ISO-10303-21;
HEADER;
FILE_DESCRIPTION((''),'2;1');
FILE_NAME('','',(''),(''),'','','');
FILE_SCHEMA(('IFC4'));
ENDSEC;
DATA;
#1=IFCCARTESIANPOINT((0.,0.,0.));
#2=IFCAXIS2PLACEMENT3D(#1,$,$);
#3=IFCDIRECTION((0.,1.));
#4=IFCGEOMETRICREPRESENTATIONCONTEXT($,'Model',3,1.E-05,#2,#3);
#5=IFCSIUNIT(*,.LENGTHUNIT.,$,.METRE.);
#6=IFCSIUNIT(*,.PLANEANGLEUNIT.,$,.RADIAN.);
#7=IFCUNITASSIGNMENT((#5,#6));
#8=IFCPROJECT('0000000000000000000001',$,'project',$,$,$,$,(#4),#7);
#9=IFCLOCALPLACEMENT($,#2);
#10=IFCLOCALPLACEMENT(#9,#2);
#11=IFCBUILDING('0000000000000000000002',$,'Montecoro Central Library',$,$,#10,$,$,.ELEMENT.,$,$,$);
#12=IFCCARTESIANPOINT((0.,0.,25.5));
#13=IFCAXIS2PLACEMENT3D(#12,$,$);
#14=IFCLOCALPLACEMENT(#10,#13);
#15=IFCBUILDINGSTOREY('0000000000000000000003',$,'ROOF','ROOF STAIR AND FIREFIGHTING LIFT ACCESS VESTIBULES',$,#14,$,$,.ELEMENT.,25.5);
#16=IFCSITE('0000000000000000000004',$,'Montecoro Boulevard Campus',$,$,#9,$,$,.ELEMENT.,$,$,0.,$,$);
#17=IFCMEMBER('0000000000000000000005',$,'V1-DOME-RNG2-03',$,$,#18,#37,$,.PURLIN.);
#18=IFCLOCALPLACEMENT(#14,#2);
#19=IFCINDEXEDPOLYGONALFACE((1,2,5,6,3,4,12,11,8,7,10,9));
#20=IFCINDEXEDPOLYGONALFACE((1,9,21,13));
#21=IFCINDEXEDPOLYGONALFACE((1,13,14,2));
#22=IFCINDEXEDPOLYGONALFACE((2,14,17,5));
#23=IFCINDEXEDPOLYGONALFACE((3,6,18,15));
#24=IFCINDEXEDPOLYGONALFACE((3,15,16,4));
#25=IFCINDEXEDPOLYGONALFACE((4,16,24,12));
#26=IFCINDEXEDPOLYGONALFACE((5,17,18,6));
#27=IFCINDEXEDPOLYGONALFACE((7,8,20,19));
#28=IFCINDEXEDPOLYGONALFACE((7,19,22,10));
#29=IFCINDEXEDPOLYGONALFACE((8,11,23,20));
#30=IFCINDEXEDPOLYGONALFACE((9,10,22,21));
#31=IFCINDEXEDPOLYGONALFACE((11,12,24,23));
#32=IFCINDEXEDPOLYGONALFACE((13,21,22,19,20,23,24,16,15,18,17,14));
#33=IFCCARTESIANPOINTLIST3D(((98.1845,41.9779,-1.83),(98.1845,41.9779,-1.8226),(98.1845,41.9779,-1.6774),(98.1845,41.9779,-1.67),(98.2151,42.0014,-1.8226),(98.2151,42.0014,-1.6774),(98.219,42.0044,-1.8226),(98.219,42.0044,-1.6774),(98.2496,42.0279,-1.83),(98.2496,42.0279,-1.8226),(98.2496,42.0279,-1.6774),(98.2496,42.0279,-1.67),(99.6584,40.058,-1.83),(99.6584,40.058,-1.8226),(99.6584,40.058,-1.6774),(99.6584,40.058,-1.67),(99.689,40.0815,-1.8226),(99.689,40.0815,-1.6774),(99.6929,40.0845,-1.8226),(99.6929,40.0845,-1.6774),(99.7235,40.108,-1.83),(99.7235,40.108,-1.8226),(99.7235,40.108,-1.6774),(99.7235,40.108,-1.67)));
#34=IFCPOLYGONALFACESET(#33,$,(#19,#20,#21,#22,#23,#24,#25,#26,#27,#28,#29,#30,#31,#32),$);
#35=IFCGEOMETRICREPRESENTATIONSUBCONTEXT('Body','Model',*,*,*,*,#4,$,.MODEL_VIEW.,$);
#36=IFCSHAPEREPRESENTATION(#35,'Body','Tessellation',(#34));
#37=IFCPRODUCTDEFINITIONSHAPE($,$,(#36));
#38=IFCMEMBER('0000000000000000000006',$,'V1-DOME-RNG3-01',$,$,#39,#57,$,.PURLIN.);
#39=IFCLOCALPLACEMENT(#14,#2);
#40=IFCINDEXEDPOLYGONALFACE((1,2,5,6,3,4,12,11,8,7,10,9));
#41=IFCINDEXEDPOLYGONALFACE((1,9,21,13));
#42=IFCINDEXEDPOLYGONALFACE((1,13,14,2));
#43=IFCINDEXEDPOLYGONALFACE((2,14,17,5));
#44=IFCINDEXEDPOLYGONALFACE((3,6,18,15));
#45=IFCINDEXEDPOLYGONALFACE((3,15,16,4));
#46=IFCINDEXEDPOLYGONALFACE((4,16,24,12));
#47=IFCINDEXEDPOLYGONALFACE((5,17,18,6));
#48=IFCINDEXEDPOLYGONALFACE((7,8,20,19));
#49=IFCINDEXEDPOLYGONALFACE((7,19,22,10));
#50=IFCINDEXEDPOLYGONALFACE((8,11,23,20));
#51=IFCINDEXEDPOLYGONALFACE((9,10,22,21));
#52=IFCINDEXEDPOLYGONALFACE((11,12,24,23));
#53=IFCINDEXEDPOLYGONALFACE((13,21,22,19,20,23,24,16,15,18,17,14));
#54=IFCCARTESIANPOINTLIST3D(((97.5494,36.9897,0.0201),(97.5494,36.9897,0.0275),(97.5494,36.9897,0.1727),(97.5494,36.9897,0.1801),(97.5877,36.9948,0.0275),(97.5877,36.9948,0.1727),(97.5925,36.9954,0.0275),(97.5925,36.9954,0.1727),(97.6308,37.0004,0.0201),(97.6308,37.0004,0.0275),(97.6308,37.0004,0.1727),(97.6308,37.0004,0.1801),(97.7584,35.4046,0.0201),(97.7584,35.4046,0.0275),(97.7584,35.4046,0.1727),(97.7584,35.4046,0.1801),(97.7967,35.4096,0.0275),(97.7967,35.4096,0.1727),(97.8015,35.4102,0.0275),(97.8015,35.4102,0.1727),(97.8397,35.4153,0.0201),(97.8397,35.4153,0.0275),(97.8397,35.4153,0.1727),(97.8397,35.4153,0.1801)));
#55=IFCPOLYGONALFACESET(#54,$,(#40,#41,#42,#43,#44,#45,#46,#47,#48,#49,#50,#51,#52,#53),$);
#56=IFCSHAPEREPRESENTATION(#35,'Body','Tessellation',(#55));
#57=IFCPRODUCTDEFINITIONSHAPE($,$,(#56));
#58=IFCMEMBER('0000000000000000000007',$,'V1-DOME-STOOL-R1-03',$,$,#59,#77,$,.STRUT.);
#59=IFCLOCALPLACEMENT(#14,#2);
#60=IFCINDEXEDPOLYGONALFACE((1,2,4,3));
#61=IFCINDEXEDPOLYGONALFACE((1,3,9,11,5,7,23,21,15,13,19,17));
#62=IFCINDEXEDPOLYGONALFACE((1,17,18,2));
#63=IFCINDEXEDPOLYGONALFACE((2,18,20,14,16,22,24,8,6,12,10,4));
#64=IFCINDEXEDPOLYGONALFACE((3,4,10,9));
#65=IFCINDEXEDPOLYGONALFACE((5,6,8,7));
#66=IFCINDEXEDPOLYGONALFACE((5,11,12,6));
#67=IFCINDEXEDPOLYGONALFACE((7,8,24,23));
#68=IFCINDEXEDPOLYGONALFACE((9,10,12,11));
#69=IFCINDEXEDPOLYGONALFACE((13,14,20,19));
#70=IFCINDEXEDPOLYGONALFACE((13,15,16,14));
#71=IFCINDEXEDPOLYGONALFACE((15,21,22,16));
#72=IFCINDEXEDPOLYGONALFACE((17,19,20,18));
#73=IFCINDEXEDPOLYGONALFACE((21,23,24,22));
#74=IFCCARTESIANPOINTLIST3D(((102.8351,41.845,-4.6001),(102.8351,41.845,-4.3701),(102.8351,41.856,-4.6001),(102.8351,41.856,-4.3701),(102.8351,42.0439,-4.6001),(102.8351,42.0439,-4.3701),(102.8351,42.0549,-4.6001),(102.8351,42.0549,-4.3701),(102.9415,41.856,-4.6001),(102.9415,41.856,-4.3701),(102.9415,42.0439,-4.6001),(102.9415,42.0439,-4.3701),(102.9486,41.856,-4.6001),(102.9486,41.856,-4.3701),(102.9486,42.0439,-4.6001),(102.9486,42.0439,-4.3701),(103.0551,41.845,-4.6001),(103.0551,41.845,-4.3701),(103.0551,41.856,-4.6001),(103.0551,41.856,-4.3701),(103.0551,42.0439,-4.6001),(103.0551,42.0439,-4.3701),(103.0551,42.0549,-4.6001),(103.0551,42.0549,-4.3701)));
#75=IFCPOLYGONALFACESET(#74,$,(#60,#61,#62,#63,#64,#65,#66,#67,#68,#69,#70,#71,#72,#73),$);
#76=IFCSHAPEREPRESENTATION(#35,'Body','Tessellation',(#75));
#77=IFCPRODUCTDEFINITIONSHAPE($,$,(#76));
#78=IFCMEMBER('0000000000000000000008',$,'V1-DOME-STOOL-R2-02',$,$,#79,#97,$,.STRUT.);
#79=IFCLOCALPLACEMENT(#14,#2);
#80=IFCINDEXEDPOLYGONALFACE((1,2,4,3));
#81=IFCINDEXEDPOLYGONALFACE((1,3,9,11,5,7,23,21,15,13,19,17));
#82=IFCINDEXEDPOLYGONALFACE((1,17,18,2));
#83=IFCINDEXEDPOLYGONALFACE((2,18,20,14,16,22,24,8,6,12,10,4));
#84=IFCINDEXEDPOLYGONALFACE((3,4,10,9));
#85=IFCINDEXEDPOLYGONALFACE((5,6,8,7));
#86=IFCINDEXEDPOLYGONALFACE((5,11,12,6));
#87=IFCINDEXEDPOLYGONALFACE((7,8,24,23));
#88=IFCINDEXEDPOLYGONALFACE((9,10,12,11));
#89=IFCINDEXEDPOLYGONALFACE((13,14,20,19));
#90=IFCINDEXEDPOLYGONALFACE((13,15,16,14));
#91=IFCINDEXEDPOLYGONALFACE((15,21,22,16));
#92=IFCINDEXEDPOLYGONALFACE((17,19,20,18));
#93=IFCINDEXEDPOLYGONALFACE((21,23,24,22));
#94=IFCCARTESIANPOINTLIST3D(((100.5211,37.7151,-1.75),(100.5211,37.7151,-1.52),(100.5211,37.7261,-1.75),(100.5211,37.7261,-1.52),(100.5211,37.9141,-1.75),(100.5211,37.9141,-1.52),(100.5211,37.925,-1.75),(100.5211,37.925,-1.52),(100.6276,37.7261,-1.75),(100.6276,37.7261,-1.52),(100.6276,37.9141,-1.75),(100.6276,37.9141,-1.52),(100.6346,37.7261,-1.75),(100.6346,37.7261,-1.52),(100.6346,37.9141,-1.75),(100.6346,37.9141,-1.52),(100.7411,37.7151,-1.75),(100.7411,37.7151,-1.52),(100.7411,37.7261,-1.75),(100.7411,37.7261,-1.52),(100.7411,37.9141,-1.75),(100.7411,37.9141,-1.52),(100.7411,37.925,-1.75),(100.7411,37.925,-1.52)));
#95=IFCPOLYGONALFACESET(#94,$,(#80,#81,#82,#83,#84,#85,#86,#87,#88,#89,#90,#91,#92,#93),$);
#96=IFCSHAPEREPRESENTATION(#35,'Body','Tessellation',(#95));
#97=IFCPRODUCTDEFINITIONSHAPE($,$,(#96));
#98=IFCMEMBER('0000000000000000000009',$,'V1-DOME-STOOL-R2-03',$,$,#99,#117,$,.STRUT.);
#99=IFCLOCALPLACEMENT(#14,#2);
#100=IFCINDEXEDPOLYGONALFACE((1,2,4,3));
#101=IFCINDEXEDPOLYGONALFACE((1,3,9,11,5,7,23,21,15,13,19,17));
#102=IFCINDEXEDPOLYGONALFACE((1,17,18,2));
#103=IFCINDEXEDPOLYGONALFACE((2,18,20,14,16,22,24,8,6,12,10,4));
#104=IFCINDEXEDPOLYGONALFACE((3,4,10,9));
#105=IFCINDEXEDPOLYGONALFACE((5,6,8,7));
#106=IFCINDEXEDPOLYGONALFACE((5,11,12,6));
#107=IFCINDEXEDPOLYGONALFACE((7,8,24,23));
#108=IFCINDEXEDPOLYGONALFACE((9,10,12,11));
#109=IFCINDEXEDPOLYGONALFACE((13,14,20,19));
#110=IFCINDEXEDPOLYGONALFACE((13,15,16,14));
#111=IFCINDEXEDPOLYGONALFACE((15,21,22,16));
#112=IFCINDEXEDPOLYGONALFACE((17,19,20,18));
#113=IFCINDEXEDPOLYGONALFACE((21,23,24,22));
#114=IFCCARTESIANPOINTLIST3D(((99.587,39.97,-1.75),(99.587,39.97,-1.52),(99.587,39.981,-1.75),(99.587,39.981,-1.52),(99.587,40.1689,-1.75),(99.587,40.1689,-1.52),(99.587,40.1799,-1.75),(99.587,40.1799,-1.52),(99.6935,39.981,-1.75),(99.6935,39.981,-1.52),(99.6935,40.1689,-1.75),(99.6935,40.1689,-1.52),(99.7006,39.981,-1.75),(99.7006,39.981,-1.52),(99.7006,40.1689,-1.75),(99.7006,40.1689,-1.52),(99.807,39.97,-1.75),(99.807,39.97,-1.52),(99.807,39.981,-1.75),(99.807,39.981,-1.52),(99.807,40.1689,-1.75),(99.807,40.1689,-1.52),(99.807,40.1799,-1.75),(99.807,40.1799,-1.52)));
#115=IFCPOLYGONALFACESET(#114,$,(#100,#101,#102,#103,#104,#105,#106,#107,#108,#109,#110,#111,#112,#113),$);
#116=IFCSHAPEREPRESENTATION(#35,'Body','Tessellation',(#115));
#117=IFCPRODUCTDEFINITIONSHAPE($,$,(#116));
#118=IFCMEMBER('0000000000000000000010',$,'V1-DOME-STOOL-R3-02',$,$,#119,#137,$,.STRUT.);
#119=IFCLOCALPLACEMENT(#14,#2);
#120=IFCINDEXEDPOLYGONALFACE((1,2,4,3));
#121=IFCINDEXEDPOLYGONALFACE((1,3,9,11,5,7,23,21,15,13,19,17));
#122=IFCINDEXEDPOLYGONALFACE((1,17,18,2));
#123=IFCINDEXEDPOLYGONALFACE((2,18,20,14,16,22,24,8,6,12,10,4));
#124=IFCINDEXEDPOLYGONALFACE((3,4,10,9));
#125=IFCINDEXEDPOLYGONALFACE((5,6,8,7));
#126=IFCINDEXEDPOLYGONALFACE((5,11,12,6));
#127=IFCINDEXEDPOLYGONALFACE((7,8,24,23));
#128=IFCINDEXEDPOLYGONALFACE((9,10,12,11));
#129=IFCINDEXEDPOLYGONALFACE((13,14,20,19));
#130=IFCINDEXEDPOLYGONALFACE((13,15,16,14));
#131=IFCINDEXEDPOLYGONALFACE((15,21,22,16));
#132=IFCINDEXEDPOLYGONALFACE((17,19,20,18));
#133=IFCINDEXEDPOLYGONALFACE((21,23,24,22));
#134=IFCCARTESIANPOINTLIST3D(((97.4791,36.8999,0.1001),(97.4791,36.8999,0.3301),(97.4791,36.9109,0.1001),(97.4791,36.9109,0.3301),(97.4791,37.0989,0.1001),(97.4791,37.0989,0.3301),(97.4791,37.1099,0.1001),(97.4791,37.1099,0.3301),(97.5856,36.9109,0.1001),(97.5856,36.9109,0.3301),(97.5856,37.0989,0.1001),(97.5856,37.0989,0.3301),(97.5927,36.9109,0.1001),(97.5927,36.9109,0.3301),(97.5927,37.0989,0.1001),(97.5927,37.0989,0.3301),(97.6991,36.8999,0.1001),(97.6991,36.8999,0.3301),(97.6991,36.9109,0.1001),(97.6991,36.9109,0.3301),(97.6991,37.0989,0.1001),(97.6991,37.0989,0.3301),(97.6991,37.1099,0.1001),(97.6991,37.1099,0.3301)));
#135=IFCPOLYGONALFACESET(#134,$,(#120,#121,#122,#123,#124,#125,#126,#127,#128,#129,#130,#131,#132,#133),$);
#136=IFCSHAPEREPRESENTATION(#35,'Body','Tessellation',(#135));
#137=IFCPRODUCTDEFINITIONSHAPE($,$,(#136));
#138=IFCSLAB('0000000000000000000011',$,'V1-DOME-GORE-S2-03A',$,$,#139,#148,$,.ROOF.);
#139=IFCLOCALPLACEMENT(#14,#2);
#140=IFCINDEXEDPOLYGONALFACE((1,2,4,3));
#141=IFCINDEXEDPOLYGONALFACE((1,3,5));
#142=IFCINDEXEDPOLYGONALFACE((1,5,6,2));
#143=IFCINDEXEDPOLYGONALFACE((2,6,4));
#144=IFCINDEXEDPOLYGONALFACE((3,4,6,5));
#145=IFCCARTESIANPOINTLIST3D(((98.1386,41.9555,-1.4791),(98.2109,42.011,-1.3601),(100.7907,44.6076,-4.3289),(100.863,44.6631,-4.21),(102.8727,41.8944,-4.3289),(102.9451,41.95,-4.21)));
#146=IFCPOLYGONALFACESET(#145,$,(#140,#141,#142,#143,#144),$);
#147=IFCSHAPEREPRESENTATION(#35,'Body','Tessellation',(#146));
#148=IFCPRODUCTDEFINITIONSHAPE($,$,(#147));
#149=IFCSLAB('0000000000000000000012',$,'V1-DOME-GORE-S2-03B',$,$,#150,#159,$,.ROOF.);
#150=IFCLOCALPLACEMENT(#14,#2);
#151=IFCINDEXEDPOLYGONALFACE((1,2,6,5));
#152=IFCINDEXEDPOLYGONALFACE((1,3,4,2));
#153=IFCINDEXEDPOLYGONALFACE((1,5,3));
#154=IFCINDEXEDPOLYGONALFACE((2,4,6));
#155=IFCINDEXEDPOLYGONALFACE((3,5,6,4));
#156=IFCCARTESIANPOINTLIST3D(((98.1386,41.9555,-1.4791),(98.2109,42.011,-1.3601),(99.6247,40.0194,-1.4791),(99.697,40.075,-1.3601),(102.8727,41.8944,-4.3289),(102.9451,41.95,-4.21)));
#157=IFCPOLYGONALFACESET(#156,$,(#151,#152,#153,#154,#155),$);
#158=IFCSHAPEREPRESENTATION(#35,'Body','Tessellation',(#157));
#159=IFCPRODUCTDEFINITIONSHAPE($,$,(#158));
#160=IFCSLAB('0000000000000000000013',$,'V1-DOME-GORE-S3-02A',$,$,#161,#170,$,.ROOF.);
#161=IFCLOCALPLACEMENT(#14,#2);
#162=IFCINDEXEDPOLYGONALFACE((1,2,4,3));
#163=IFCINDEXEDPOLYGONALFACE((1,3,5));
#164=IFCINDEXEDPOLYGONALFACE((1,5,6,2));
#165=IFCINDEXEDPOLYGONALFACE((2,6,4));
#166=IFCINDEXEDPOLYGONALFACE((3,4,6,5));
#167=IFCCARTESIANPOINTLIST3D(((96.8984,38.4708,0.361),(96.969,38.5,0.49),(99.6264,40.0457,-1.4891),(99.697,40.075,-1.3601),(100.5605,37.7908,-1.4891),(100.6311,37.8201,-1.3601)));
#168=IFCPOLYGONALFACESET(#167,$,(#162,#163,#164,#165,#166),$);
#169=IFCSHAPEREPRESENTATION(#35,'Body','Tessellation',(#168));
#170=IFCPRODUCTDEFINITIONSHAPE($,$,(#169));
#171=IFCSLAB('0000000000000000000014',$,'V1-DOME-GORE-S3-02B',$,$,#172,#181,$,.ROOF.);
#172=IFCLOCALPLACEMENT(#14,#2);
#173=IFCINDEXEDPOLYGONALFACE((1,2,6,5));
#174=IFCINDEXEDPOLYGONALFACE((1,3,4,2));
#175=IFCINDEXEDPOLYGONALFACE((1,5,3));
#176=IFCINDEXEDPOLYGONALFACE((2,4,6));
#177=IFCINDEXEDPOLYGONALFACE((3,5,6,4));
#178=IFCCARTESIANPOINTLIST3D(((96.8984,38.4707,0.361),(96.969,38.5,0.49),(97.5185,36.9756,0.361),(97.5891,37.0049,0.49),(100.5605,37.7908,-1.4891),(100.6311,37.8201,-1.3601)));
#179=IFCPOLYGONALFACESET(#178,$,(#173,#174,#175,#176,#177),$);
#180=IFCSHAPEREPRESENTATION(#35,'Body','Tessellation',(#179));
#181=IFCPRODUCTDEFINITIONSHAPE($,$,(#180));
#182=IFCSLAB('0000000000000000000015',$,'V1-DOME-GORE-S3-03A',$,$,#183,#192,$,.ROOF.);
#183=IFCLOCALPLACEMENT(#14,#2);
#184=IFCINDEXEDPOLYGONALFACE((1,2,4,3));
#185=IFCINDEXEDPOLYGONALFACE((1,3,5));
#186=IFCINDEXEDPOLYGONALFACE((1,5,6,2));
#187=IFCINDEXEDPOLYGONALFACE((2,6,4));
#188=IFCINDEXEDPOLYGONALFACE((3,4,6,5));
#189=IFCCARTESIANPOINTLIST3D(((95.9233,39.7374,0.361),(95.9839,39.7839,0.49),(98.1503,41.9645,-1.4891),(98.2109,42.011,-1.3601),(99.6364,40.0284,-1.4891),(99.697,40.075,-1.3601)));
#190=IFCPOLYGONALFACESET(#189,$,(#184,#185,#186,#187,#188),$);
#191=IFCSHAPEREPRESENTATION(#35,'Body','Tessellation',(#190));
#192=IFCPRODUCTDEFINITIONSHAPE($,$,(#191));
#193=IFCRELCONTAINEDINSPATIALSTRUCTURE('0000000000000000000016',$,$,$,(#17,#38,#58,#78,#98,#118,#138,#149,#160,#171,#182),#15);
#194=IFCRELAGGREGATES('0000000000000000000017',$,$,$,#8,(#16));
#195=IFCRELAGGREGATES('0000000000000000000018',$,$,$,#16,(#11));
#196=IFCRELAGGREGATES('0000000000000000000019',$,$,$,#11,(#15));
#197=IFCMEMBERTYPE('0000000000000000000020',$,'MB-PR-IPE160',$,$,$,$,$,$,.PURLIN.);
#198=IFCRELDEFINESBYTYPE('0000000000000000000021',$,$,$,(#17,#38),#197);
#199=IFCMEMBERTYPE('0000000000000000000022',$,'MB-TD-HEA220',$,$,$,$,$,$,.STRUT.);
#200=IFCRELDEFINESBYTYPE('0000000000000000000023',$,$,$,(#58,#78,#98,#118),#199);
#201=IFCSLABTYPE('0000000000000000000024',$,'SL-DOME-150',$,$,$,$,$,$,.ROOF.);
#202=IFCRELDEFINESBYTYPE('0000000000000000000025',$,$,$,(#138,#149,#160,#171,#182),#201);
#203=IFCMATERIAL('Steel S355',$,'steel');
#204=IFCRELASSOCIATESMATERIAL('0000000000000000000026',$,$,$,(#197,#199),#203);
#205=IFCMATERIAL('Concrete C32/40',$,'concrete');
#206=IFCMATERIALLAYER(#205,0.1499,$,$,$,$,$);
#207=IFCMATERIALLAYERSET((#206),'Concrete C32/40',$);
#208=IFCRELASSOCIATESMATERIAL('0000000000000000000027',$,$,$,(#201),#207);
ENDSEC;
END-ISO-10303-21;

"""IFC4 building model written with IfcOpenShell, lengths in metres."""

from ifc_helpers import new_model, si_unit, direction, frame, origin, origin_2d, place, context, subcontext, project, spatial, polyline, i_section, outline, extrude, material, layer, layer_set, material_profile, profile_set, type_object, element, save


model = new_model("IFC4")

# Units and contexts
model_context = context("Model", 3, precision=1e-05, world=origin(), true_north=direction((0.0, 1.0)))
body_context = subcontext(model_context, "Body", "Model", "MODEL_VIEW")
ifc_project = project(units=[si_unit("LENGTHUNIT", "METRE"), si_unit("PLANEANGLEUNIT", "RADIAN")], contexts=[model_context])

# Site, building, storey
site_placement = place(None, origin())
site = spatial("IfcSite", under=ifc_project, at=site_placement, Name="Montecoro Boulevard Campus", CompositionType="ELEMENT", RefElevation=0.0)
building_placement = place(site_placement, origin())
building = spatial("IfcBuilding", under=site, at=building_placement, Name="Montecoro Central Library", CompositionType="ELEMENT")
storey_placement = place(building_placement, frame((0.0, 0.0, 25.5)))
storey = spatial("IfcBuildingStorey", under=building, at=storey_placement, Name="ROOF", Description="ROOF STAIR AND FIREFIGHTING LIFT ACCESS VESTIBULES", CompositionType="ELEMENT", Elevation=25.5)

# Members
ifc_material_1 = material(Name="Steel S355", Category="steel")
ifc_material_profile_1 = material_profile(ifc_material_1, i_section(OverallWidth=0.082, OverallDepth=0.1599, WebThickness=0.0049, FlangeThickness=0.0073, at=origin_2d()), Name="IPE 160")
ifc_profile_set_1 = profile_set([ifc_material_profile_1], Name="Steel S355")
member_type_1 = type_object("IfcMemberType", Name="MB-PR-IPE160", PredefinedType="PURLIN", material=ifc_profile_set_1)
member_1_placement = place(storey_placement, frame((99.6909, 40.083, -1.75), z_axis=(-0.608935, 0.79322, 0.0), x_axis=(-0.79322, -0.608935, 0.0)))
element("IfcMember", 1, at=member_1_placement, inside=storey, type_object=member_type_1, Name="V1-DOME-RNG2-03", PredefinedType="PURLIN", context=body_context, shape_type="SweptSolid", body=[
    extrude(i_section(OverallWidth=0.082, OverallDepth=0.1599, WebThickness=0.0049, FlangeThickness=0.0073, at=origin_2d()), origin(), (0.0, 0.0, 1.0), 2.4204),
])
member_2_placement = place(storey_placement, frame((97.7991, 35.4099, 0.1001), z_axis=(-0.130703, 0.991422, 0.0), x_axis=(-0.991422, -0.130703, 0.0)))
element("IfcMember", 2, at=member_2_placement, inside=storey, type_object=member_type_1, Name="V1-DOME-RNG3-01", PredefinedType="PURLIN", context=body_context, shape_type="SweptSolid", body=[
    extrude(i_section(OverallWidth=0.082, OverallDepth=0.1599, WebThickness=0.0049, FlangeThickness=0.0073, at=origin_2d()), origin(), (0.0, 0.0, 1.0), 1.5989),
])
ifc_material_profile_2 = material_profile(ifc_material_1, i_section(OverallWidth=0.22, OverallDepth=0.21, WebThickness=0.0071, FlangeThickness=0.011, at=origin_2d()), Name="HEA 220")
ifc_profile_set_2 = profile_set([ifc_material_profile_2], Name="Steel S355")
member_type_2 = type_object("IfcMemberType", Name="MB-TD-HEA220", PredefinedType="STRUT", material=ifc_profile_set_2)
for number, where, z_axis, x_axis, name in (
    (3, (102.9451, 41.95, -4.6001), (0.0, 0.0, 1.0), (1.0, 0.0, 0.0), "V1-DOME-STOOL-R1-03"),
    (4, (100.6311, 37.8201, -1.75), (0.0, 0.0, 1.0), (1.0, 0.0, 0.0), "V1-DOME-STOOL-R2-02"),
    (5, (99.697, 40.075, -1.75), (0.0, 0.0, 1.0), (1.0, 0.0, 0.0), "V1-DOME-STOOL-R2-03"),
    (6, (97.5891, 37.0049, 0.1001), (0.0, 0.0, 1.0), (1.0, 0.0, 0.0), "V1-DOME-STOOL-R3-02"),
):
    element("IfcMember", number, at=place(storey_placement, frame(where, z_axis=z_axis, x_axis=x_axis)), inside=storey, type_object=member_type_2, Name=name, PredefinedType="STRUT", context=body_context, shape_type="SweptSolid", body=[
        extrude(i_section(OverallWidth=0.22, OverallDepth=0.21, WebThickness=0.0071, FlangeThickness=0.011, at=origin_2d()), origin(), (0.0, 0.0, 1.0), 0.23),
    ])

# Slabs
ifc_material_2 = material(Name="Concrete C32/40", Category="concrete")
ifc_layer = layer(ifc_material_2, 0.1499)
ifc_layer_set = layer_set([ifc_layer], Name="Concrete C32/40")
slab_type = type_object("IfcSlabType", Name="SL-DOME-150", PredefinedType="ROOF", material=ifc_layer_set)
slab_1_placement = place(storey_placement, frame((102.9451, 41.95, -4.21), z_axis=(0.482575, 0.370323, 0.793714), x_axis=(-0.608793, 0.793329, 0.0)))
element("IfcSlab", 7, at=slab_1_placement, inside=storey, type_object=slab_type, Name="V1-DOME-GORE-S2-03A", PredefinedType="ROOF", context=body_context, shape_type="SweptSolid", body=[
    extrude(outline(polyline([(0.0, 0.0), (3.4199, 0.0), (2.9305, 4.685), (0.0, 0.0)])), origin(), (0.0, 0.0, -1.0), 0.1499),
])
slab_2_placement = place(storey_placement, frame((102.9451, 41.95, -4.21), z_axis=(0.482558, 0.370408, 0.793685), x_axis=(-0.856691, 0.011045, 0.515711)))
element("IfcSlab", 8, at=slab_2_placement, inside=storey, type_object=slab_type, Name="V1-DOME-GORE-S2-03B", PredefinedType="ROOF", context=body_context, shape_type="SweptSolid", body=[
    extrude(outline(polyline([(0.0, 0.0), (5.5261, 0.0), (4.2316, 2.069), (0.0, 0.0)])), origin(), (0.0, 0.0, -1.0), 0.1499),
])
slab_3_placement = place(storey_placement, frame((100.6311, 37.8201, -1.3601), z_axis=(0.470873, 0.195059, 0.860367), x_axis=(-0.382711, 0.923868, 0.0)))
element("IfcSlab", 9, at=slab_3_placement, inside=storey, type_object=slab_type, Name="V1-DOME-GORE-S3-02A", PredefinedType="ROOF", context=body_context, shape_type="SweptSolid", body=[
    extrude(outline(polyline([(0.0, 0.0), (2.4407, 0.0), (2.0297, 3.63), (0.0, 0.0)])), origin(), (0.0, 0.0, -1.0), 0.1499),
])
slab_4_placement = place(storey_placement, frame((100.6311, 37.8201, -1.3601), z_axis=(0.470887, 0.195306, 0.860303), x_axis=(-0.880554, 0.163489, 0.444856)))
element("IfcSlab", 10, at=slab_4_placement, inside=storey, type_object=slab_type, Name="V1-DOME-GORE-S3-02B", PredefinedType="ROOF", context=body_context, shape_type="SweptSolid", body=[
    extrude(outline(polyline([(0.0, 0.0), (4.1589, 0.0), (3.3684, 1.4125), (0.0, 0.0)])), origin(), (0.0, 0.0, -1.0), 0.1499),
])
slab_5_placement = place(storey_placement, frame((99.697, 40.075, -1.3601), z_axis=(0.404343, 0.31037, 0.860335), x_axis=(-0.608893, 0.793252, 0.0)))
element("IfcSlab", 11, at=slab_5_placement, inside=storey, type_object=slab_type, Name="V1-DOME-GORE-S3-03A", PredefinedType="ROOF", context=body_context, shape_type="SweptSolid", body=[
    extrude(outline(polyline([(0.0, 0.0), (2.4406, 0.0), (2.0301, 3.6296), (0.0, 0.0)])), origin(), (0.0, 0.0, -1.0), 0.1499),
])

save(model, "model.ifc")
